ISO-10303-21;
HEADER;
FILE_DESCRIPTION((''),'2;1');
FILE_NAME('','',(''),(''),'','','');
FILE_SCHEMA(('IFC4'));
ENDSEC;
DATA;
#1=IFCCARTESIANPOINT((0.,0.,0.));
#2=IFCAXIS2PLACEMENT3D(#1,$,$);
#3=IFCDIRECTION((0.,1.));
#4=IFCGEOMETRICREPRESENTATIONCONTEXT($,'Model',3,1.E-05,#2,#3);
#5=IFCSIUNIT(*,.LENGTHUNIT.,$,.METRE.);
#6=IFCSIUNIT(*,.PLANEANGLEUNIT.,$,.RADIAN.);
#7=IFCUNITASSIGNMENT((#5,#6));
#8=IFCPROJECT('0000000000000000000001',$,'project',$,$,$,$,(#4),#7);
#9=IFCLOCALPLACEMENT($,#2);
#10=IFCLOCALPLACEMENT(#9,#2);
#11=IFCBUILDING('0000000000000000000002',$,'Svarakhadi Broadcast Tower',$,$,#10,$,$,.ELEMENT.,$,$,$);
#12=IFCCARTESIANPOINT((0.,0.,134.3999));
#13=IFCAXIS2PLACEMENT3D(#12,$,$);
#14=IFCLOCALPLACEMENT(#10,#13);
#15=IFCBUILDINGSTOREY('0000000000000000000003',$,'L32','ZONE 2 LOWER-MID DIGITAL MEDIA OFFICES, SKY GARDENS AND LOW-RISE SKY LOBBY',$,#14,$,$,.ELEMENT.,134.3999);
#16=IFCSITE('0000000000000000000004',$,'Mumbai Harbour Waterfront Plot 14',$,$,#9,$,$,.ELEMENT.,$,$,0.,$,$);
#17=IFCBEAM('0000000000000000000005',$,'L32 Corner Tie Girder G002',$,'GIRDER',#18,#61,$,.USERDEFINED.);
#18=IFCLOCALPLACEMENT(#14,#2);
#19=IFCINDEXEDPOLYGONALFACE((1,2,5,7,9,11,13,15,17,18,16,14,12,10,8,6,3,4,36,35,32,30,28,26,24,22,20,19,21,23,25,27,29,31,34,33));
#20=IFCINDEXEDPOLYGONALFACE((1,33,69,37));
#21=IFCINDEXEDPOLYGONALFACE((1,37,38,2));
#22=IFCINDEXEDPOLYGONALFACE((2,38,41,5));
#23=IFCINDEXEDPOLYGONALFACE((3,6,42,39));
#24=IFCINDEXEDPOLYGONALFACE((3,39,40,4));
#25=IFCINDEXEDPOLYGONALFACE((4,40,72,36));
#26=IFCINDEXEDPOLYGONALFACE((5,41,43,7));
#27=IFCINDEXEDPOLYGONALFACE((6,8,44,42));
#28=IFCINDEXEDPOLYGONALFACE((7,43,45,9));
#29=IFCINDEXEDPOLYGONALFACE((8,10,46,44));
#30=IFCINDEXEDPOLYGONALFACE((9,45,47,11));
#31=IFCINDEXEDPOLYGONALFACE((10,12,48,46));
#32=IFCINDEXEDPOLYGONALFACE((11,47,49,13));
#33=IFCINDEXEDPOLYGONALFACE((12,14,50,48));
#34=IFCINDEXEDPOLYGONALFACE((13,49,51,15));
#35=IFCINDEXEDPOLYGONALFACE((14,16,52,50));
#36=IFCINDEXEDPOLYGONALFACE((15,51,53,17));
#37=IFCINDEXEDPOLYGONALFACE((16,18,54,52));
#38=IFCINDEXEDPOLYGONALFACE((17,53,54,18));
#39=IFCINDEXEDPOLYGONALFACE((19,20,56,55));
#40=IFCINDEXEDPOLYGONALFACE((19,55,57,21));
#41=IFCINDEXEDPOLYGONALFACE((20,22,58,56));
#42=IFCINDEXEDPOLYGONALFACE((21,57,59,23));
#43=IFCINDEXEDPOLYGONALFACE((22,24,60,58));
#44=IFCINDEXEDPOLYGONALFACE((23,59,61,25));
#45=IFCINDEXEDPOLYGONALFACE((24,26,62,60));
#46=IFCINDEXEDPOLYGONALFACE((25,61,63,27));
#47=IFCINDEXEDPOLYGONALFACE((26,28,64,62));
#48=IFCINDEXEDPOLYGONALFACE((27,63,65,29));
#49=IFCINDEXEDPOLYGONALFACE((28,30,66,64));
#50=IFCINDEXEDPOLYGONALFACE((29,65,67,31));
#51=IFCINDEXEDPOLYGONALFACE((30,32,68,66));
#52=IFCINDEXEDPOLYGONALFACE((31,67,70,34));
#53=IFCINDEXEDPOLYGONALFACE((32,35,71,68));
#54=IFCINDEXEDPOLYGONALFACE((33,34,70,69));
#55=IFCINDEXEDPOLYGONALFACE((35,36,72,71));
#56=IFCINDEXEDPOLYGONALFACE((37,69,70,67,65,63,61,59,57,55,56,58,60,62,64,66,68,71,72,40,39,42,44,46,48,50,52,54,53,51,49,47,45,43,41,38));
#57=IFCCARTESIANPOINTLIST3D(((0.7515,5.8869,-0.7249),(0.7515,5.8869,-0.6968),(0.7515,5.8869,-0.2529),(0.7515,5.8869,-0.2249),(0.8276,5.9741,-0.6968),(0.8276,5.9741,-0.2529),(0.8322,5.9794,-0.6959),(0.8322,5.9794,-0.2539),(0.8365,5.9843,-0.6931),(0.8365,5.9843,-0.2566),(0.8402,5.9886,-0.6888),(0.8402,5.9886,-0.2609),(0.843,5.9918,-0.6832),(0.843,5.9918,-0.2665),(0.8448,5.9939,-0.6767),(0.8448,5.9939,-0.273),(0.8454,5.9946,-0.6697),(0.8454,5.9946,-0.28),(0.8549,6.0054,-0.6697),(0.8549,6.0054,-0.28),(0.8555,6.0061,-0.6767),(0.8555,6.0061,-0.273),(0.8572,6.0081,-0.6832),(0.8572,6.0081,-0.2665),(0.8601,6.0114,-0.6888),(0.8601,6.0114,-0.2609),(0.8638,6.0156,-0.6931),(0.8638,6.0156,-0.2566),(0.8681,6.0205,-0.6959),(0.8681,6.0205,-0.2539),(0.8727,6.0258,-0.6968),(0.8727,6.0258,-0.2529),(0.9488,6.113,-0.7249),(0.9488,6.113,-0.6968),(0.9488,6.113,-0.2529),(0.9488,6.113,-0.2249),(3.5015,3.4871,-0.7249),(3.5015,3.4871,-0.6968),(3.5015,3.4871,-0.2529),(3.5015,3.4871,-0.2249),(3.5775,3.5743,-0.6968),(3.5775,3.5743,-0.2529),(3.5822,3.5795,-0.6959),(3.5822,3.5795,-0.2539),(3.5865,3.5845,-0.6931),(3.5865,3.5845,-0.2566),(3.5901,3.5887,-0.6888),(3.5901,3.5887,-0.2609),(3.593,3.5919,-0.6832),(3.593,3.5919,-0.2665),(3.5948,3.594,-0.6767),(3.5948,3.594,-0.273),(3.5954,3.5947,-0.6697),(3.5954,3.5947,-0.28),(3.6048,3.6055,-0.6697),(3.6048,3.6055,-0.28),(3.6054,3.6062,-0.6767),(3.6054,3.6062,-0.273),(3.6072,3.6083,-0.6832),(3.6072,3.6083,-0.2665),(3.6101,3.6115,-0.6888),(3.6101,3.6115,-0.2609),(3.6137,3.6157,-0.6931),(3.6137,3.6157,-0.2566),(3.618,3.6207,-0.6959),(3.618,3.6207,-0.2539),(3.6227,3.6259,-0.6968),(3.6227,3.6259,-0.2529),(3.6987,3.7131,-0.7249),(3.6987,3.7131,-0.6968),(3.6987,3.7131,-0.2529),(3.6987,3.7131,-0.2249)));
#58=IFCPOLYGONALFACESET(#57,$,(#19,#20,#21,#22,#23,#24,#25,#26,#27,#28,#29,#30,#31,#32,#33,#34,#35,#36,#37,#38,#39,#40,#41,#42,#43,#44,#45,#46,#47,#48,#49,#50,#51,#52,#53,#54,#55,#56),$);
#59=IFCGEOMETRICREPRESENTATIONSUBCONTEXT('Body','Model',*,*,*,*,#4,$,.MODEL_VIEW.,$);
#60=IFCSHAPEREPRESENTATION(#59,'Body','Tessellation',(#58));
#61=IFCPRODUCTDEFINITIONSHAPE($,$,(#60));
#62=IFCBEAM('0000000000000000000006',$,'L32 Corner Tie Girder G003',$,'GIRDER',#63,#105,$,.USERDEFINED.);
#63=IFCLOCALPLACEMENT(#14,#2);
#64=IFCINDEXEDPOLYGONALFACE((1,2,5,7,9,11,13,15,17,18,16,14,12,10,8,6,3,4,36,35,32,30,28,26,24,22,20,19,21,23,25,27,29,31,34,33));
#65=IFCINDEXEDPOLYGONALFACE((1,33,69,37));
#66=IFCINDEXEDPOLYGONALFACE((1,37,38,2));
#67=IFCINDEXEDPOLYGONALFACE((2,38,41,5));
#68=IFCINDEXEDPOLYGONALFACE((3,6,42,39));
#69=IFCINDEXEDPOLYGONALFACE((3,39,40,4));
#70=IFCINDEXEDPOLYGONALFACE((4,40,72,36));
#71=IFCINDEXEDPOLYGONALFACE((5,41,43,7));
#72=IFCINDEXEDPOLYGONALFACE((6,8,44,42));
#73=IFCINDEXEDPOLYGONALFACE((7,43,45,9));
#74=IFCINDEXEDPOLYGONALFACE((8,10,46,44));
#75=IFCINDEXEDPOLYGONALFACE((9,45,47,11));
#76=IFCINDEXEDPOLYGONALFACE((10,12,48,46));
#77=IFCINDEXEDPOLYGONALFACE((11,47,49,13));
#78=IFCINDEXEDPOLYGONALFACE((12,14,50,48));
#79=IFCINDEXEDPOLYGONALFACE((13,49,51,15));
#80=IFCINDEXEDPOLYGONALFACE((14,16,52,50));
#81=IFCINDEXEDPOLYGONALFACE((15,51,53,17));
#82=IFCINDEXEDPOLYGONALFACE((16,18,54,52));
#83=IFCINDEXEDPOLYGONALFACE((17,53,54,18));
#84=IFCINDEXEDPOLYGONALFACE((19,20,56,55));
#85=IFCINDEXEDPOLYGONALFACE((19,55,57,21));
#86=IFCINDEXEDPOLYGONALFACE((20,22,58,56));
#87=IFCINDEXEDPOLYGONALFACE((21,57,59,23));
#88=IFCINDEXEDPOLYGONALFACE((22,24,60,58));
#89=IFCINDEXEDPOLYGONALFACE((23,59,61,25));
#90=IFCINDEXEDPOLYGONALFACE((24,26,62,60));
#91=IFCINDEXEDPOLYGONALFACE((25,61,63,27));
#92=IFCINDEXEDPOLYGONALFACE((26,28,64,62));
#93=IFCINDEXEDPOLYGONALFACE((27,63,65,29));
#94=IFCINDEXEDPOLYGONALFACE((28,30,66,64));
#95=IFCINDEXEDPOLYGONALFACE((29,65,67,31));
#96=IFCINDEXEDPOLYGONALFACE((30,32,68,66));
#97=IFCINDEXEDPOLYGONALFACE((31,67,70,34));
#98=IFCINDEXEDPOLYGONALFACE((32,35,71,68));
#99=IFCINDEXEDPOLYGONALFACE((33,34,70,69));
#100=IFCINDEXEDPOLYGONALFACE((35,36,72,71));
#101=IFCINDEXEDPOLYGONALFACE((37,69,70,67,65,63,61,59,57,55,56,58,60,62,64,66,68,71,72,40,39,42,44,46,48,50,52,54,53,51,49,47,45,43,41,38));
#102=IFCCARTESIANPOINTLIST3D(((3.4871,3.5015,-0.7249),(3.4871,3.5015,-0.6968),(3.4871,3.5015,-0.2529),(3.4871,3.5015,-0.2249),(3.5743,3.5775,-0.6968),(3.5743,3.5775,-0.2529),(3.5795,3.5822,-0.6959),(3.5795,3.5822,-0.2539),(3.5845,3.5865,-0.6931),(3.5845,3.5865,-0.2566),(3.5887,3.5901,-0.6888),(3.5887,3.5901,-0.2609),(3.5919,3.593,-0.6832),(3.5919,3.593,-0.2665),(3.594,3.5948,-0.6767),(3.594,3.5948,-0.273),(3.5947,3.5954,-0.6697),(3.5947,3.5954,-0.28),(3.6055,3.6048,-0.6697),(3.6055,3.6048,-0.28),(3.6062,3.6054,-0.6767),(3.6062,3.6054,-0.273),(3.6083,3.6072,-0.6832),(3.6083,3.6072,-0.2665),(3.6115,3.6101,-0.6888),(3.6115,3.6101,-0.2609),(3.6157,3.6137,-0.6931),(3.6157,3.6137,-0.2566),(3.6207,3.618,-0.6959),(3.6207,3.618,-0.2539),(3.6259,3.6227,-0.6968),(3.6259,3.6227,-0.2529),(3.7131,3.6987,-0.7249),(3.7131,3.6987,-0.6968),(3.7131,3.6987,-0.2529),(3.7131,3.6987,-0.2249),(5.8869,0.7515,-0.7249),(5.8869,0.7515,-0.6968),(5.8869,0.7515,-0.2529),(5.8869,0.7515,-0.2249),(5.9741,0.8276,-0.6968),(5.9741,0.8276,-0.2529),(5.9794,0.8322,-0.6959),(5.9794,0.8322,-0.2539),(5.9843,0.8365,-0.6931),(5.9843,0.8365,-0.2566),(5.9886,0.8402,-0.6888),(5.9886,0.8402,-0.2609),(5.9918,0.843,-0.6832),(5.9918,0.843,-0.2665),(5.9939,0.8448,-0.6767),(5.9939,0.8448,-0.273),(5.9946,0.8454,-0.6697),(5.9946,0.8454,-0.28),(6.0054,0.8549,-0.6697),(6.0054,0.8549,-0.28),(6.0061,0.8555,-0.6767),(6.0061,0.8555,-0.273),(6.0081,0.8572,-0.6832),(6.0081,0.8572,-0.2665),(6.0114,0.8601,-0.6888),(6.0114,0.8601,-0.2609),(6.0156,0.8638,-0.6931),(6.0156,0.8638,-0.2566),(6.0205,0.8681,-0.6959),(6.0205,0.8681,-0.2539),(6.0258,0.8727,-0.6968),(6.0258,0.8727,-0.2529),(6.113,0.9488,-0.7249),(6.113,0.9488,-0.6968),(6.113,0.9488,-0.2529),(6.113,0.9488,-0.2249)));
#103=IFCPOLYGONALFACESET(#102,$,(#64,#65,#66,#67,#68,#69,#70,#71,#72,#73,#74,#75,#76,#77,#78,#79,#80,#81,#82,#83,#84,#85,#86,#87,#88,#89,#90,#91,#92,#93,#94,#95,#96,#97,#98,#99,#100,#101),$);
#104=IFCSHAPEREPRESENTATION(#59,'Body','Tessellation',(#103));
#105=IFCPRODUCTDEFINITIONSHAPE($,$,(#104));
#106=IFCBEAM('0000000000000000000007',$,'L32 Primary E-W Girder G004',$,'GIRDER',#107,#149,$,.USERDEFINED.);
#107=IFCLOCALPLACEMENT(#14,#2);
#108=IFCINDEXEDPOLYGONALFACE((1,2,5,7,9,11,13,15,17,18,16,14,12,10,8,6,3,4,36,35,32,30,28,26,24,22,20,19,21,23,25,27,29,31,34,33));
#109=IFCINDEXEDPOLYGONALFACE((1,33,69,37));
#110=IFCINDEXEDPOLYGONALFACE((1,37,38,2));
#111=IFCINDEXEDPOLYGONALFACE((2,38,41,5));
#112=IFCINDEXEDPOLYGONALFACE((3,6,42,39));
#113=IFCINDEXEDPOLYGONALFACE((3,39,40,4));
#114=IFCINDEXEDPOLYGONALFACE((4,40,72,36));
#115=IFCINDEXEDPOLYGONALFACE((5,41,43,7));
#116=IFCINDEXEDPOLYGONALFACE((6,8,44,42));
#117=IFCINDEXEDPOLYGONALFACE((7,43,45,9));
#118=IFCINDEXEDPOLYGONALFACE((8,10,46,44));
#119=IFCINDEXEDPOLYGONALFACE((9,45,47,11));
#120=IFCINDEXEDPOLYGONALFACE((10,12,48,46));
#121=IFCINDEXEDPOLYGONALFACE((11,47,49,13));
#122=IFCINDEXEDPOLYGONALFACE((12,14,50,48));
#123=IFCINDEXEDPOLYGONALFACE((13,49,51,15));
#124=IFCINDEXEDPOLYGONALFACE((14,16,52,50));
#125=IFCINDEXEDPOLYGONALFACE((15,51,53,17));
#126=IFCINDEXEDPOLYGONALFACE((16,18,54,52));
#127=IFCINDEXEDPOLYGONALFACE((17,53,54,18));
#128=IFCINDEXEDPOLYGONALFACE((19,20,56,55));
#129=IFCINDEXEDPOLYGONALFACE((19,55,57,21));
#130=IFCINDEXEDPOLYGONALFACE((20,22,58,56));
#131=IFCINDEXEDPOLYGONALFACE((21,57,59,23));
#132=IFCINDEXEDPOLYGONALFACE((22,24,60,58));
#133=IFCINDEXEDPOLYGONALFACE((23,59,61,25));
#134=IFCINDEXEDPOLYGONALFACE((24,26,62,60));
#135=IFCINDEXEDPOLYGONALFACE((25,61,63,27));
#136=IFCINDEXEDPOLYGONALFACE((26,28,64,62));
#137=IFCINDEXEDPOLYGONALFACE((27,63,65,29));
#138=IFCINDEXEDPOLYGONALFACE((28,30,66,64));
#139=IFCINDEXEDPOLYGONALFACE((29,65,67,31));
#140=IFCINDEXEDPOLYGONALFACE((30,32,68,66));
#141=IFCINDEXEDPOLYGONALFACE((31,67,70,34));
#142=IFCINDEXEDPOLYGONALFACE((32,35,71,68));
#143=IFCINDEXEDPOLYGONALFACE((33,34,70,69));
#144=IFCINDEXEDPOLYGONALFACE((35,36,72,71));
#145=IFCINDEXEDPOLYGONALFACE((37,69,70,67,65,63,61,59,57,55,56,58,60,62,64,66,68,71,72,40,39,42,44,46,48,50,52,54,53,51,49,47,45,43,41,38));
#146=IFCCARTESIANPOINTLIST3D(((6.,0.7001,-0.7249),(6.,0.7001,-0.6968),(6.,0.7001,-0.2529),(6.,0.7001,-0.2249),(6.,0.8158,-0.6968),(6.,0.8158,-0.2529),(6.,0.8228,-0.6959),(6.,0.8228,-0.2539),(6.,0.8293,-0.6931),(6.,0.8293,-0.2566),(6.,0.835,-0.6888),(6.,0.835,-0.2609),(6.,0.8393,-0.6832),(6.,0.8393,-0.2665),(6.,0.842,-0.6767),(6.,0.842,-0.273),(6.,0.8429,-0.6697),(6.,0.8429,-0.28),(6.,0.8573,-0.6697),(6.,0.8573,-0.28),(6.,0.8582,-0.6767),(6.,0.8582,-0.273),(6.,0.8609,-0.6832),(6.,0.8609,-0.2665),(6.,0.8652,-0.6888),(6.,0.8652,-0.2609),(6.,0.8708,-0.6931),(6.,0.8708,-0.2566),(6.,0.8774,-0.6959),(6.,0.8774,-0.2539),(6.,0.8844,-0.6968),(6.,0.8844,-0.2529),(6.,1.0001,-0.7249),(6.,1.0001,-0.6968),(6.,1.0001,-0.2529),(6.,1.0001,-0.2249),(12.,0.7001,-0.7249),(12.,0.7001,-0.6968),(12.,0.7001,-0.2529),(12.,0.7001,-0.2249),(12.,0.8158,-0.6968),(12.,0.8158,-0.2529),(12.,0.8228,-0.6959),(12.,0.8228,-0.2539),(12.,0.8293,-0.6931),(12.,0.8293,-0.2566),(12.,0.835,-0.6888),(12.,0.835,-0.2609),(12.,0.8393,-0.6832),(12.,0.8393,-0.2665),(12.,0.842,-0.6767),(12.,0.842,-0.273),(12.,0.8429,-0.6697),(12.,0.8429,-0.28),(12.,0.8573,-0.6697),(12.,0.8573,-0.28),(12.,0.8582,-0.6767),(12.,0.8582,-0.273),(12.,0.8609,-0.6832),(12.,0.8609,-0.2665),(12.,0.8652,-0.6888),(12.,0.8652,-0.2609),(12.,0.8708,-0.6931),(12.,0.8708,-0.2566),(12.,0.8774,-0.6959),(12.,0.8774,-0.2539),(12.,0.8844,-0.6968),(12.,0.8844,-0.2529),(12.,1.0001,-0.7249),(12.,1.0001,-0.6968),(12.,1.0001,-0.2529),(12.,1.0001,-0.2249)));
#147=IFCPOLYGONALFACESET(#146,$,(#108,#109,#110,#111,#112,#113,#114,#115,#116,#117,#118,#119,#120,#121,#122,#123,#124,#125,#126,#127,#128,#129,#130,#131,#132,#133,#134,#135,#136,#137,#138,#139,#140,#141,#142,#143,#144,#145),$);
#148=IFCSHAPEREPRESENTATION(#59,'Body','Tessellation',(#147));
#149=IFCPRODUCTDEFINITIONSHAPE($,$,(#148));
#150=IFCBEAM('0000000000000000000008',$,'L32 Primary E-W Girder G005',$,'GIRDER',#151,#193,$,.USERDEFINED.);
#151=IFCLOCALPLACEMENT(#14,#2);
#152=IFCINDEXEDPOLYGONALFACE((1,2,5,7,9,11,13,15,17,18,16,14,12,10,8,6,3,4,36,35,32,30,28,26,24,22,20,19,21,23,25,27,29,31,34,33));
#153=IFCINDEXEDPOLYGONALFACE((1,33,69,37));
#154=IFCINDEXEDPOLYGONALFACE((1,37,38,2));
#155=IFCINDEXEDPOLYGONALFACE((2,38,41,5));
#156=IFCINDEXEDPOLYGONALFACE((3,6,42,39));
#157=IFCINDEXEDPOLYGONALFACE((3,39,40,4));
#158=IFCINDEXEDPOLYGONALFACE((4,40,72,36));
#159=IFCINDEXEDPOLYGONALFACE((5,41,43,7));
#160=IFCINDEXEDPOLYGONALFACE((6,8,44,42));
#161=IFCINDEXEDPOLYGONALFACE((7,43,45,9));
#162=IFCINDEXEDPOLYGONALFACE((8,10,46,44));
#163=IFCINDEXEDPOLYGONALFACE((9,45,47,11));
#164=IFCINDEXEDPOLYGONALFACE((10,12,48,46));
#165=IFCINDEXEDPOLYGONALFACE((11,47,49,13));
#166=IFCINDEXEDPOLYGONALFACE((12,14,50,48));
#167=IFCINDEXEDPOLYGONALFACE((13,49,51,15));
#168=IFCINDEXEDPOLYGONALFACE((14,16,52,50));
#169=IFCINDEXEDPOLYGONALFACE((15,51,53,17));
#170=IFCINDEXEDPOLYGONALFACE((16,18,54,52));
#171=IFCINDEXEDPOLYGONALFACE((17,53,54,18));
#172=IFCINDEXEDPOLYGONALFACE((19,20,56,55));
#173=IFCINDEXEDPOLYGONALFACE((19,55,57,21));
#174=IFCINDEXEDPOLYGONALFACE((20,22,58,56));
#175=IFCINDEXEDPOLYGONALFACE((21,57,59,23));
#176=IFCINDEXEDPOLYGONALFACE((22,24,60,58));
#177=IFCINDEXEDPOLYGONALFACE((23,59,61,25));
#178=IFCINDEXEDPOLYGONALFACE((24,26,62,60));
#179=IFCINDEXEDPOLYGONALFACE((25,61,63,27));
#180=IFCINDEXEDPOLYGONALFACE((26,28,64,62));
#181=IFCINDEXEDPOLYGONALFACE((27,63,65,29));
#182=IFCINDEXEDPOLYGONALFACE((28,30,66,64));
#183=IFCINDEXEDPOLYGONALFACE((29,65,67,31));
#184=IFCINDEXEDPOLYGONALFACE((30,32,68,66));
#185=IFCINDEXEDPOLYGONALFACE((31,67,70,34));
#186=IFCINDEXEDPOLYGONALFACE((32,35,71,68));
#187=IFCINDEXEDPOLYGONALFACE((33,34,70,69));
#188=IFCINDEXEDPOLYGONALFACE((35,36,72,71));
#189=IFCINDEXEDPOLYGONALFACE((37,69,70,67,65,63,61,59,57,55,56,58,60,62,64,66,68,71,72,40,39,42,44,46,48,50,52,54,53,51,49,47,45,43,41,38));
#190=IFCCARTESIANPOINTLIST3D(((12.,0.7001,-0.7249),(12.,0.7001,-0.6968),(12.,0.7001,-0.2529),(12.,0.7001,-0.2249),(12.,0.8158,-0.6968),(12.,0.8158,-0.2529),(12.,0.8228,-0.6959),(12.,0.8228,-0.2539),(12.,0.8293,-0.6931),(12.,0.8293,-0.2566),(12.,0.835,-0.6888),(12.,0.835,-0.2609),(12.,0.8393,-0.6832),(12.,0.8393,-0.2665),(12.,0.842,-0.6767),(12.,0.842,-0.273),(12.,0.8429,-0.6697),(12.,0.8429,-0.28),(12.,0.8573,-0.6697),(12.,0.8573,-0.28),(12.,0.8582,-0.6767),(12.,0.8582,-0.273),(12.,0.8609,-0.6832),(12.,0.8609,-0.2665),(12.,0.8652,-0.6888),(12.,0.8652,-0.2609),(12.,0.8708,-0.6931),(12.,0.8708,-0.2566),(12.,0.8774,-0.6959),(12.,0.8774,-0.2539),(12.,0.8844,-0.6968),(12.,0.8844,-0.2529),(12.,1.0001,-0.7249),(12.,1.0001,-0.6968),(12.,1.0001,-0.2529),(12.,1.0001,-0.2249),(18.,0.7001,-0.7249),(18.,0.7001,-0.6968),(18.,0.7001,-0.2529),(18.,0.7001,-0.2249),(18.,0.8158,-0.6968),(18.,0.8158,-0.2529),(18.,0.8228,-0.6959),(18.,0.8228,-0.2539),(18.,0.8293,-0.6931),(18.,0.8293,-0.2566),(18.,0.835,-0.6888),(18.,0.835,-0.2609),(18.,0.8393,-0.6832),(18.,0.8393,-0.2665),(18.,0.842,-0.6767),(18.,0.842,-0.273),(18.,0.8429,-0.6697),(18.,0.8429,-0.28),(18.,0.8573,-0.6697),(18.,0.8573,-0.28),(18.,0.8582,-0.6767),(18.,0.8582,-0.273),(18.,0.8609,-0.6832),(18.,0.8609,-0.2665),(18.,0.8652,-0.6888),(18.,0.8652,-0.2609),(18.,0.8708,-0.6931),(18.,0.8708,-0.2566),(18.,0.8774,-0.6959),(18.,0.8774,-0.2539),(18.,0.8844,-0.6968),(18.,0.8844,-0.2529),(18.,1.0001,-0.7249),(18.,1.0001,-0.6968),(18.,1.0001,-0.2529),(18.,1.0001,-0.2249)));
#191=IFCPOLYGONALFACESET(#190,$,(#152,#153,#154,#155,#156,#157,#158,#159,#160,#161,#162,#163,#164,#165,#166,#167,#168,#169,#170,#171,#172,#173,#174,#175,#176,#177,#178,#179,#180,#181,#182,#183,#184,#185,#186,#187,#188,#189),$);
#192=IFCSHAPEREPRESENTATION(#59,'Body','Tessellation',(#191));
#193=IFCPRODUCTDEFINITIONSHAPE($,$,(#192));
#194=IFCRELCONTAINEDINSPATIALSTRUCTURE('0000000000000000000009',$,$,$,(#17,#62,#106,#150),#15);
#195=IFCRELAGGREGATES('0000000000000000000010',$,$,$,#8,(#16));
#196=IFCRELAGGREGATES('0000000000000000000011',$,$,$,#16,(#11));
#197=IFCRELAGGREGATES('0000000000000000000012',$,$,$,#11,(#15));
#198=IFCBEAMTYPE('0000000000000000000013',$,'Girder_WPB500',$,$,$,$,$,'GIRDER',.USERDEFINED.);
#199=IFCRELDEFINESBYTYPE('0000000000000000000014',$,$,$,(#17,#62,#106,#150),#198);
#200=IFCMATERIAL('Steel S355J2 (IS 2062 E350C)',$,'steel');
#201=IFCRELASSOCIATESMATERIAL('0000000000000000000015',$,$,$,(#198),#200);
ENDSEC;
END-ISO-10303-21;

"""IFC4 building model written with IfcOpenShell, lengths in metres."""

from ifc_helpers import new_model, si_unit, direction, frame, origin, origin_2d, place, context, subcontext, project, spatial, i_section, extrude, material, material_profile, profile_set, type_object, element, save


model = new_model("IFC4")

# Units and contexts
model_context = context("Model", 3, precision=1e-05, world=origin(), true_north=direction((0.0, 1.0)))
body_context = subcontext(model_context, "Body", "Model", "MODEL_VIEW")
ifc_project = project(units=[si_unit("LENGTHUNIT", "METRE"), si_unit("PLANEANGLEUNIT", "RADIAN")], contexts=[model_context])

# Site, building, storey
site_placement = place(None, origin())
site = spatial("IfcSite", under=ifc_project, at=site_placement, Name="Mumbai Harbour Waterfront Plot 14", CompositionType="ELEMENT", RefElevation=0.0)
building_placement = place(site_placement, origin())
building = spatial("IfcBuilding", under=site, at=building_placement, Name="Svarakhadi Broadcast Tower", CompositionType="ELEMENT")
storey_placement = place(building_placement, frame((0.0, 0.0, 134.3999)))
storey = spatial("IfcBuildingStorey", under=building, at=storey_placement, Name="L32", Description="ZONE 2 LOWER-MID DIGITAL MEDIA OFFICES, SKY GARDENS AND LOW-RISE SKY LOBBY", CompositionType="ELEMENT", Elevation=134.3999)

# Shared definitions
ifc_material_1 = material(Name="Steel S355J2 (IS 2062 E350C)", Category="steel")

# Beams
ifc_material_profile_1 = material_profile(ifc_material_1, i_section(OverallWidth=0.3, OverallDepth=0.5, WebThickness=0.0144, FlangeThickness=0.0281, FilletRadius=0.0271, at=origin_2d()), Name="WPB 500x300x187")
ifc_profile_set_1 = profile_set([ifc_material_profile_1], Name="Steel S355J2 (IS 2062 E350C)")
beam_type_1 = type_object("IfcBeamType", Name="Girder_WPB500", ElementType="GIRDER", PredefinedType="USERDEFINED", material=ifc_profile_set_1)
for number, where, z_axis, x_axis, name in (
    (1, (3.6001, 3.6001, -0.4749), (-0.753438, 0.657519, 0.0), (-0.657519, -0.753438, 0.0), "L32 Corner Tie Girder G002"),
    (2, (3.6001, 3.6001, -0.4749), (0.657519, -0.753438, 0.0), (0.753438, 0.657519, 0.0), "L32 Corner Tie Girder G003"),
):
    element("IfcBeam", number, at=place(storey_placement, frame(where, z_axis=z_axis, x_axis=x_axis)), inside=storey, type_object=beam_type_1, Name=name, ObjectType="GIRDER", PredefinedType="USERDEFINED", context=body_context, shape_type="SweptSolid", body=[
        extrude(i_section(OverallWidth=0.3, OverallDepth=0.5, WebThickness=0.0144, FlangeThickness=0.0281, FilletRadius=0.0271, at=origin_2d()), origin(), (0.0, 0.0, 1.0), 3.6499),
    ])
for number, where, z_axis, x_axis, name in (
    (3, (6.0, 0.8501, -0.4749), (1.0, 0.0, 0.0), (0.0, 1.0, 0.0), "L32 Primary E-W Girder G004"),
    (4, (12.0, 0.8501, -0.4749), (1.0, 0.0, 0.0), (0.0, 1.0, 0.0), "L32 Primary E-W Girder G005"),
):
    element("IfcBeam", number, at=place(storey_placement, frame(where, z_axis=z_axis, x_axis=x_axis)), inside=storey, type_object=beam_type_1, Name=name, ObjectType="GIRDER", PredefinedType="USERDEFINED", context=body_context, shape_type="SweptSolid", body=[
        extrude(i_section(OverallWidth=0.3, OverallDepth=0.5, WebThickness=0.0144, FlangeThickness=0.0281, FilletRadius=0.0271, at=origin_2d()), origin(), (0.0, 0.0, 1.0), 6.0),
    ])

save(model, "model.ifc")
